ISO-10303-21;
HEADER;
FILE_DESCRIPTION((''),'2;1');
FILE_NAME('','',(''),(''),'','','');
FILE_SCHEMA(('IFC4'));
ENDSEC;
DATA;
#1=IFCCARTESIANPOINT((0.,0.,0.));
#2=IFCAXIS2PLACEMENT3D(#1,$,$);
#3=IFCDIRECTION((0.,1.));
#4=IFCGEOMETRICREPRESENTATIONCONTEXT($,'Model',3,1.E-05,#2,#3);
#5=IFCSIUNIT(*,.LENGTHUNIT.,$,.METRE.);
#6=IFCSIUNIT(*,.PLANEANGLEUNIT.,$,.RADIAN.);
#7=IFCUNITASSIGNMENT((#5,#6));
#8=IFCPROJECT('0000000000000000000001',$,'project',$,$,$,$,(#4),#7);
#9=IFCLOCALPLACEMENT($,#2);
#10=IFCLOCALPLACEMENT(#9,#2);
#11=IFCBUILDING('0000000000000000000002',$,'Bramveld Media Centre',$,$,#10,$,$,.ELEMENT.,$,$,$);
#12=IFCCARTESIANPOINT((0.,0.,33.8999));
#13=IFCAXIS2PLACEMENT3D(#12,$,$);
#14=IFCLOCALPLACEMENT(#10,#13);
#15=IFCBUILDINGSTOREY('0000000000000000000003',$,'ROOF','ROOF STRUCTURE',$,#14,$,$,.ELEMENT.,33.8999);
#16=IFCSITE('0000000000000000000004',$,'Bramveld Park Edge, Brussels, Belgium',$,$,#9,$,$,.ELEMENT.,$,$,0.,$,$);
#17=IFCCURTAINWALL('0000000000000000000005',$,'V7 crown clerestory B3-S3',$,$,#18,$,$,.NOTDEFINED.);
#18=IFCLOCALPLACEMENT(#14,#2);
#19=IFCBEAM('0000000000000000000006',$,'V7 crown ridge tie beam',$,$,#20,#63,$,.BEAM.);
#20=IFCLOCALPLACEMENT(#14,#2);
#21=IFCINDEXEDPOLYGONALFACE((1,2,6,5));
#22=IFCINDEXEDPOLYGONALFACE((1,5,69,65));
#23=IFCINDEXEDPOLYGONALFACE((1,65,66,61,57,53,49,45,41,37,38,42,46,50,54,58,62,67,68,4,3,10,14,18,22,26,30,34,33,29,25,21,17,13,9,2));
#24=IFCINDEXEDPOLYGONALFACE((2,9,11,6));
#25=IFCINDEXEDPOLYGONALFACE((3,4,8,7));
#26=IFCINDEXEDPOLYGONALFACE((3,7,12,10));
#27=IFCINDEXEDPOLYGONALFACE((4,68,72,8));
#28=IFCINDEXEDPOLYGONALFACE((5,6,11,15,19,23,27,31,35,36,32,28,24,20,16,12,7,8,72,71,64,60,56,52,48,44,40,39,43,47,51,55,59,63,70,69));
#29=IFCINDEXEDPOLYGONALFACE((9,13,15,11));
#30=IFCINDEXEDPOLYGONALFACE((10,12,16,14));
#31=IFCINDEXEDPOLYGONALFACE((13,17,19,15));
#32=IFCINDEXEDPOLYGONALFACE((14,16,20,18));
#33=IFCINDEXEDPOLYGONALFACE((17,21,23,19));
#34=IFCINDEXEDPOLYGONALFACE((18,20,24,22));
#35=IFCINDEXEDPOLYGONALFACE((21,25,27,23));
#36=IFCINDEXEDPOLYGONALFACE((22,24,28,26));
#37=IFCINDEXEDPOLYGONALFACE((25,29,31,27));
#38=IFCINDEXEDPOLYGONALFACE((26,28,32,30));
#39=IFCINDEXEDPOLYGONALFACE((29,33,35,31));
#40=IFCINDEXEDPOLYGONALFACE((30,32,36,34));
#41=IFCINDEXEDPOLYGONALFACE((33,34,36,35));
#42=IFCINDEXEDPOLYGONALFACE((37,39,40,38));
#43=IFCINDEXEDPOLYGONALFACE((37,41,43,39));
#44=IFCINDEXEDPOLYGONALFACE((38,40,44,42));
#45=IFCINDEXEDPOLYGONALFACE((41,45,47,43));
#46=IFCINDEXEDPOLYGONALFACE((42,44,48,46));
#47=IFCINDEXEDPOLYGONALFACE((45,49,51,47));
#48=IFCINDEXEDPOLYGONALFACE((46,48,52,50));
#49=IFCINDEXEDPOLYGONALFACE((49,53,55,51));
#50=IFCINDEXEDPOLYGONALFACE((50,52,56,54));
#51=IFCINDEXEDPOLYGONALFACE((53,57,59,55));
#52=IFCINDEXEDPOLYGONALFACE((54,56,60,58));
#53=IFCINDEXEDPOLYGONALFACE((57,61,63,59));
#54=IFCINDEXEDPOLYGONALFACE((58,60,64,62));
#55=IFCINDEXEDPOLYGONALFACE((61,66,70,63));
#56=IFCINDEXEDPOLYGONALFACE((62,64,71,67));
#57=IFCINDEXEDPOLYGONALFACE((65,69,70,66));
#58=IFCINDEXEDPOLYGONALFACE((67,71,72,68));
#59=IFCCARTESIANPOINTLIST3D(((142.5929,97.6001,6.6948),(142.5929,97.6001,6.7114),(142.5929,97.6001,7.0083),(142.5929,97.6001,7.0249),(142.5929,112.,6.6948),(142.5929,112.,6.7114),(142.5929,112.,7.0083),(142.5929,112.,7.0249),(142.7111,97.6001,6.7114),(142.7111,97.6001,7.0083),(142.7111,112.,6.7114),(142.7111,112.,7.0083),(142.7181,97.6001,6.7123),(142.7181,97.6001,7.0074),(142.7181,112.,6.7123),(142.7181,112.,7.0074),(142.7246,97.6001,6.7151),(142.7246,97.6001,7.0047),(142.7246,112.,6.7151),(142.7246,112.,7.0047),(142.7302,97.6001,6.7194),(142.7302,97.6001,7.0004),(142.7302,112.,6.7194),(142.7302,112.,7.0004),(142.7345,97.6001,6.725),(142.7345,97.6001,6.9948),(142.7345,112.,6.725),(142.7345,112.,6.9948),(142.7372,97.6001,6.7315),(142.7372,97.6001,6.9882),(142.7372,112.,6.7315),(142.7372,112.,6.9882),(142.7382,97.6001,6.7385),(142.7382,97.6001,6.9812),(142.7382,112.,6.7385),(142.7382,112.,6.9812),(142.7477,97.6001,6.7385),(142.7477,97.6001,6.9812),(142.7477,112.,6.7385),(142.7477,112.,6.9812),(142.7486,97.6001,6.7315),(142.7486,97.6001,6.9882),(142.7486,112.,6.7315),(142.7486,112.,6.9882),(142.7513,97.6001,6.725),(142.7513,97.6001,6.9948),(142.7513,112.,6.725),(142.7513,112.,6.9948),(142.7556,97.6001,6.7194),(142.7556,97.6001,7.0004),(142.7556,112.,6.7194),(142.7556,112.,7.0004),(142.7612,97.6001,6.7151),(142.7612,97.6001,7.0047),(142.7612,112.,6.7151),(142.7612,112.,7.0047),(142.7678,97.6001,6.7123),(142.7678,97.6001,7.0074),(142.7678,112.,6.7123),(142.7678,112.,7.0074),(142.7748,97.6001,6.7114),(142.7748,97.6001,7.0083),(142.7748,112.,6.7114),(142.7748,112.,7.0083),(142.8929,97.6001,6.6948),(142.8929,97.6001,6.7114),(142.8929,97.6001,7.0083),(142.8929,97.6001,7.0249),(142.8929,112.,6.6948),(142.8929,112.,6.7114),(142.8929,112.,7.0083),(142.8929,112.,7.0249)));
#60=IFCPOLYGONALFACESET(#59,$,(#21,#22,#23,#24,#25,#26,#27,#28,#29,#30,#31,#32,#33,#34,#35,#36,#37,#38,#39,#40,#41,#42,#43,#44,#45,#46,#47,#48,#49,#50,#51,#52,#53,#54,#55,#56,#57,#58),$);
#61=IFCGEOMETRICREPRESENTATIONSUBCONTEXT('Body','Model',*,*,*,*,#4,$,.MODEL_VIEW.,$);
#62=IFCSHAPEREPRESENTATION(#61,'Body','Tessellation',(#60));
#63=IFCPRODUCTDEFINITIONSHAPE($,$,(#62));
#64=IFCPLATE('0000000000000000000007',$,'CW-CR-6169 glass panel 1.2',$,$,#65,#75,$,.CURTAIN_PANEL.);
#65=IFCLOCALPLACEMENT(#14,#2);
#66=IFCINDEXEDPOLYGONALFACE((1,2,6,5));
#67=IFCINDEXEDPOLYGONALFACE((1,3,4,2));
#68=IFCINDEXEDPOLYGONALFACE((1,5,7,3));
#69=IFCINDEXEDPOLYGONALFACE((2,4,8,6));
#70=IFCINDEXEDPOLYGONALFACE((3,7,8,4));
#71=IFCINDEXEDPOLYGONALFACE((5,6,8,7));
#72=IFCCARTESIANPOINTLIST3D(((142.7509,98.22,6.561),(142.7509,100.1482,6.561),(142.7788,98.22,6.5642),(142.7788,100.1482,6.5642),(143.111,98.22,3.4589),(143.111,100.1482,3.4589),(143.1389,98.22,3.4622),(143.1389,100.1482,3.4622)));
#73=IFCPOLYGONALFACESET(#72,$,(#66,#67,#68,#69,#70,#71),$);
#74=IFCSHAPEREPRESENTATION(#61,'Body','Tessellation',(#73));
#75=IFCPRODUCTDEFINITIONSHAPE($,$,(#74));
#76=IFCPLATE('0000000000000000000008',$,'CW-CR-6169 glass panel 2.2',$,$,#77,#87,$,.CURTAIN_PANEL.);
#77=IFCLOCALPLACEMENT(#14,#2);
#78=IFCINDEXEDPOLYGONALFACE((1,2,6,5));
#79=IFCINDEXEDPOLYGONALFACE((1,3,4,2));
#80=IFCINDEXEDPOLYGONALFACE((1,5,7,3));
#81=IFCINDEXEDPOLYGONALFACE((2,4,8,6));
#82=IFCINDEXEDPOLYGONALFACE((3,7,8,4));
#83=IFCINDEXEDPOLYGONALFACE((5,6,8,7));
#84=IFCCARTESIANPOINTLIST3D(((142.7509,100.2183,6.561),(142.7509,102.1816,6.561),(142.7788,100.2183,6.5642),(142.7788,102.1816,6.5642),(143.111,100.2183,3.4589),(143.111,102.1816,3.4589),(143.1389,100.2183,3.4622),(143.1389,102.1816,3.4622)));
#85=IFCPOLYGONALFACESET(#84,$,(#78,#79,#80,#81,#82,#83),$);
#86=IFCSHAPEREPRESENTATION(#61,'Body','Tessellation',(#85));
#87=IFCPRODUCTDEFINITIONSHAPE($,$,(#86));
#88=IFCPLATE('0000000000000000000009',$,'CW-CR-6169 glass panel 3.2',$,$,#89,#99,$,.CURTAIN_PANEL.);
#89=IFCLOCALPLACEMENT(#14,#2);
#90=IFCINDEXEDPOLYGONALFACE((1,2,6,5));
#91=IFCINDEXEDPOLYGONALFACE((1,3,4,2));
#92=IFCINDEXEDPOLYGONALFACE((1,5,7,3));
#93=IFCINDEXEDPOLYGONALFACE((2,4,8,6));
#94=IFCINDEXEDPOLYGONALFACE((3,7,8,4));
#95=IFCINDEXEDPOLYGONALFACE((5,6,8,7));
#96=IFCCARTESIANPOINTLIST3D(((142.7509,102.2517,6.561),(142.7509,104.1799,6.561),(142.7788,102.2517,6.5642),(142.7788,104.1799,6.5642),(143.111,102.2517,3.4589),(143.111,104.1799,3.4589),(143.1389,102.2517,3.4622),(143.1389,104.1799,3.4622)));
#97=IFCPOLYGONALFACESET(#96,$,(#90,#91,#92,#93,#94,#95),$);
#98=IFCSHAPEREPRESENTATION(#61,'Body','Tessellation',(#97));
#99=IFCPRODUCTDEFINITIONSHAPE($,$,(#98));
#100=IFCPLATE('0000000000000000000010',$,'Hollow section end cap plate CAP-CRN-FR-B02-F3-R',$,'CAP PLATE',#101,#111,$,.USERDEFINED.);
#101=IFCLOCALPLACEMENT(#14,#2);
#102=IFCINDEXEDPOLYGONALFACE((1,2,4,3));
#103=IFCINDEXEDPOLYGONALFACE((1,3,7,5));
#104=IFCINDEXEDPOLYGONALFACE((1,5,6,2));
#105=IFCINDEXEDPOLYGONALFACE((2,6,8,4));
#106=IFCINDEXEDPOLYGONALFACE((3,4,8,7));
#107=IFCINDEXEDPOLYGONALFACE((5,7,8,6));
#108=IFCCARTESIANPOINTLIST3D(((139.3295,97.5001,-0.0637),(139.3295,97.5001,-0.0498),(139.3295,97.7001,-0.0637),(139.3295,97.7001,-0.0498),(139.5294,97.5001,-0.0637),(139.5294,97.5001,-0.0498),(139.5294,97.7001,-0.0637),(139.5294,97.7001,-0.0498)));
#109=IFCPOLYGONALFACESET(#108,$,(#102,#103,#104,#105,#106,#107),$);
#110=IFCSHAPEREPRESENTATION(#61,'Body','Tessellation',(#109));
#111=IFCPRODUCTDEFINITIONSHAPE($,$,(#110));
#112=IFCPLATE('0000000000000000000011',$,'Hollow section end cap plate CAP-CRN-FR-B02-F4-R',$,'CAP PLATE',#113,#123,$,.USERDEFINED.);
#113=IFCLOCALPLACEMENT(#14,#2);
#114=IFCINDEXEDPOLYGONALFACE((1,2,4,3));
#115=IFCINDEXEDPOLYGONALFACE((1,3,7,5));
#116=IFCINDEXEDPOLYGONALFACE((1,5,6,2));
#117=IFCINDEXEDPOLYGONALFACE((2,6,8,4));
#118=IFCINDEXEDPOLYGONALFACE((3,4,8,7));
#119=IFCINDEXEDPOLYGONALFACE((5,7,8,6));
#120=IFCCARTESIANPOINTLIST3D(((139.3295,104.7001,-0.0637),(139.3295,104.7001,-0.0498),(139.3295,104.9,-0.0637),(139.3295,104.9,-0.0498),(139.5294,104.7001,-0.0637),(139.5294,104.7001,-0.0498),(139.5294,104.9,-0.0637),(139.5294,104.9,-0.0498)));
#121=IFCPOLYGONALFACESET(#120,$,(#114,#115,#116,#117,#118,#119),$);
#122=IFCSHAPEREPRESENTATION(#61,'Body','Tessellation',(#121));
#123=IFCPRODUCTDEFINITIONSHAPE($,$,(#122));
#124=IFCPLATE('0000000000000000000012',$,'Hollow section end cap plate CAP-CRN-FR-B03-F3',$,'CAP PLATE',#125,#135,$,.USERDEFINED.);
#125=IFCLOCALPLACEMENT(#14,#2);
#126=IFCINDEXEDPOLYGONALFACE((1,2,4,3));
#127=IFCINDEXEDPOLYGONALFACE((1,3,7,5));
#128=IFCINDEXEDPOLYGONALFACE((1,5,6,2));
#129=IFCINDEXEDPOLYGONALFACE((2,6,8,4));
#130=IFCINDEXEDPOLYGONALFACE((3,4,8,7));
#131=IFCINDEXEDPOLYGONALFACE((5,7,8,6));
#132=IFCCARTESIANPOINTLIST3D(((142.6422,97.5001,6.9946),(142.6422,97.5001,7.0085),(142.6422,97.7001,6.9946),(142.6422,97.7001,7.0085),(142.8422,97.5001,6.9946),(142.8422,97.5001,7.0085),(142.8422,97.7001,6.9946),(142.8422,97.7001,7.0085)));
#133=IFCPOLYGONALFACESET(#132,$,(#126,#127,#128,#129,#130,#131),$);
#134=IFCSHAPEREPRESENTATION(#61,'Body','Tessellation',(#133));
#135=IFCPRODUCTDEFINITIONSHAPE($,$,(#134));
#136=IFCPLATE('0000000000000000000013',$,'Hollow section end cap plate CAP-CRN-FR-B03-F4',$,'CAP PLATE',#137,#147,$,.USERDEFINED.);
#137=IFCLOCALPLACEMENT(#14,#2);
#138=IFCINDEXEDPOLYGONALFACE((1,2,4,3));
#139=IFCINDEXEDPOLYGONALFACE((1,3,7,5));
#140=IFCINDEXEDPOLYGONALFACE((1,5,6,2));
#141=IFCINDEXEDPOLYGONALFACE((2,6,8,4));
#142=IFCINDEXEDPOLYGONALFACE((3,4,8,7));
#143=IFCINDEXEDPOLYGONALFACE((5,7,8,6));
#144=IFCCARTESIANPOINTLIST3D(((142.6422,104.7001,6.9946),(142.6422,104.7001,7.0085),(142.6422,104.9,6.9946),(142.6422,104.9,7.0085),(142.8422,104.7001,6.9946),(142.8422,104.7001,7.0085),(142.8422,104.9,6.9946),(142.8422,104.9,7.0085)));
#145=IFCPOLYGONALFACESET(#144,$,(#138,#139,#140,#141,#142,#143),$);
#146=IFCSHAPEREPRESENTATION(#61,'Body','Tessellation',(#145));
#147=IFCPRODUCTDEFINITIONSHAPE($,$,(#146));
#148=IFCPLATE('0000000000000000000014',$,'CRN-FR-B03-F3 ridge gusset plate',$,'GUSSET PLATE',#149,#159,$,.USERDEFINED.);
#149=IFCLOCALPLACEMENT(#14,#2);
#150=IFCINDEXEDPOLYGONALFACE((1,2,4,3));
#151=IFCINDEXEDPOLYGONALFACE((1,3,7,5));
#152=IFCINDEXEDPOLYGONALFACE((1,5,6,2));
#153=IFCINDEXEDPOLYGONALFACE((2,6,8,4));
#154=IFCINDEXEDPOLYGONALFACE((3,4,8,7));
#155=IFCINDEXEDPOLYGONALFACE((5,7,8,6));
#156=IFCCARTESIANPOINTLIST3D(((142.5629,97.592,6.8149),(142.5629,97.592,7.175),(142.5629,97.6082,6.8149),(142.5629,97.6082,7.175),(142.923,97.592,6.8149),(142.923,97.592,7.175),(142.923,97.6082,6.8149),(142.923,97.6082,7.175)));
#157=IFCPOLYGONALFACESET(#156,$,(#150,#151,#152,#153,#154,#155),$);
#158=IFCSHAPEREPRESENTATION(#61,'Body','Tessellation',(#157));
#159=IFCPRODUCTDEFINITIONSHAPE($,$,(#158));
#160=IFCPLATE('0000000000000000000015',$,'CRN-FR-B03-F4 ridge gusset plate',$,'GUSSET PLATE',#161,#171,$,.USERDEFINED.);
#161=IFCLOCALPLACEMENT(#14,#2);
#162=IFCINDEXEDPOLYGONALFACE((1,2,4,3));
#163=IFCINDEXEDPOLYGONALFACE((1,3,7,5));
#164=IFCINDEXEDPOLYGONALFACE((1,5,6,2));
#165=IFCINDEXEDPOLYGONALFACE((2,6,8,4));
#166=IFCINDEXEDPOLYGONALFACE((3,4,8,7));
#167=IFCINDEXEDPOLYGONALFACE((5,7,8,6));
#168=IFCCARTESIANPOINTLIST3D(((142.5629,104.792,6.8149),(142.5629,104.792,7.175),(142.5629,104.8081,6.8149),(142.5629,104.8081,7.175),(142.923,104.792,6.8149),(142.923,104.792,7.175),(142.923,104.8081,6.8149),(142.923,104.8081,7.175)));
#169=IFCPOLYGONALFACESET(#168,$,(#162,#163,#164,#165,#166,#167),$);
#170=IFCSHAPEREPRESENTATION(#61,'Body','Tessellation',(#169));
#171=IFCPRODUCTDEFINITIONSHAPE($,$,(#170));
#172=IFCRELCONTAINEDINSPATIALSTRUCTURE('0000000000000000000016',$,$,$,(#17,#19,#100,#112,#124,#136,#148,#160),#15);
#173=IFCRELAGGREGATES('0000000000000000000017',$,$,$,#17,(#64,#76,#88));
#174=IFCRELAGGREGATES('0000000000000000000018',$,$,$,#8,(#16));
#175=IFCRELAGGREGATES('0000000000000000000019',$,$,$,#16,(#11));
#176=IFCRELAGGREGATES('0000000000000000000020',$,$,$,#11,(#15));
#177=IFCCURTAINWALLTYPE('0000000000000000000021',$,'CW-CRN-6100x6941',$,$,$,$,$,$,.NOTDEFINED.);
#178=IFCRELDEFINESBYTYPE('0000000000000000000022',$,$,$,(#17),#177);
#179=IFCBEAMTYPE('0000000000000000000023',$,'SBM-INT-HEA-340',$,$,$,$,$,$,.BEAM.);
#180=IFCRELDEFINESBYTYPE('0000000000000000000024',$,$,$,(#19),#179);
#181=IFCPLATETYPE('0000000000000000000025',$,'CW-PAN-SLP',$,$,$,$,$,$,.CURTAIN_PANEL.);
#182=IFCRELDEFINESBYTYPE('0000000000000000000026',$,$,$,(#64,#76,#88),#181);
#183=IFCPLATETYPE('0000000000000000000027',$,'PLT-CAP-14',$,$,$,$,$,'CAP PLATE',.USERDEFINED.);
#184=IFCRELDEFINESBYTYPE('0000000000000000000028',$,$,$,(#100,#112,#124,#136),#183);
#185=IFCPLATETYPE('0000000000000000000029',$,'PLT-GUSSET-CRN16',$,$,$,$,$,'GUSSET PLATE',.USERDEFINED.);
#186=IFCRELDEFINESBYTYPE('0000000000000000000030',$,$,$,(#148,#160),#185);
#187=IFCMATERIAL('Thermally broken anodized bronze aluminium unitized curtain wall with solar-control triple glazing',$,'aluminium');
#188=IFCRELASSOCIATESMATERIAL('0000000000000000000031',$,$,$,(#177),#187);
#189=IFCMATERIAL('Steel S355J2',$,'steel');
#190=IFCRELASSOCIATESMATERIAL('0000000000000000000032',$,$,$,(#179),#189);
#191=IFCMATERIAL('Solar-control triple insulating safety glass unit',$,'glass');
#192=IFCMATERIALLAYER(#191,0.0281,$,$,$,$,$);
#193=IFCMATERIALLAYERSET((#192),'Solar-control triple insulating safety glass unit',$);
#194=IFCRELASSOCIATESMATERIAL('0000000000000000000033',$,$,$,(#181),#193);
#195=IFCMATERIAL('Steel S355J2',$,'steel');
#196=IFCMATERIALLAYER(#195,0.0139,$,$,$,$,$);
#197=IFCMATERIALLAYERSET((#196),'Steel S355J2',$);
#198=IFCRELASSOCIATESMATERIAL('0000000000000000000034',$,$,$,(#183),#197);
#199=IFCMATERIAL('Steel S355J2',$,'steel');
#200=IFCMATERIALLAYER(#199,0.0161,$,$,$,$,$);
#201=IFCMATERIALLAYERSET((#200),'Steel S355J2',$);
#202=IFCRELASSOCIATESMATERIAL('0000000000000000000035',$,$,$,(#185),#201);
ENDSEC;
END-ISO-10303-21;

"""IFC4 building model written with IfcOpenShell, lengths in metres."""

from ifc_helpers import new_model, si_unit, direction, frame, origin, origin_2d, place, context, subcontext, project, spatial, polyline, rectangle, i_section, outline, extrude, material, layer, layer_set, material_profile, profile_set, type_object, element, aggregate, save


model = new_model("IFC4")

# Units and contexts
model_context = context("Model", 3, precision=1e-05, world=origin(), true_north=direction((0.0, 1.0)))
body_context = subcontext(model_context, "Body", "Model", "MODEL_VIEW")
ifc_project = project(units=[si_unit("LENGTHUNIT", "METRE"), si_unit("PLANEANGLEUNIT", "RADIAN")], contexts=[model_context])

# Site, building, storey
site_placement = place(None, origin())
site = spatial("IfcSite", under=ifc_project, at=site_placement, Name="Bramveld Park Edge, Brussels, Belgium", CompositionType="ELEMENT", RefElevation=0.0)
building_placement = place(site_placement, origin())
building = spatial("IfcBuilding", under=site, at=building_placement, Name="Bramveld Media Centre", CompositionType="ELEMENT")
storey_placement = place(building_placement, frame((0.0, 0.0, 33.8999)))
storey = spatial("IfcBuildingStorey", under=building, at=storey_placement, Name="ROOF", Description="ROOF STRUCTURE", CompositionType="ELEMENT", Elevation=33.8999)

# Curtain wall
ifc_material_1 = material(Name="Thermally broken anodized bronze aluminium unitized curtain wall with solar-control triple glazing", Category="aluminium")
curtain_wall_type = type_object("IfcCurtainWallType", Name="CW-CRN-6100x6941", PredefinedType="NOTDEFINED", material=ifc_material_1)
curtain_wall_1_placement = place(storey_placement, origin())
curtain_wall_1 = element("IfcCurtainWall", 1, at=curtain_wall_1_placement, inside=storey, type_object=curtain_wall_type, Name="V7 crown clerestory B3-S3", PredefinedType="NOTDEFINED")

# Beam
ifc_material_2 = material(Name="Steel S355J2", Category="steel")
ifc_material_profile_1 = material_profile(ifc_material_2, i_section(OverallWidth=0.3, OverallDepth=0.3301, WebThickness=0.0095, FlangeThickness=0.0166, FilletRadius=0.0271, at=origin_2d()), Name="HEA 340")
ifc_profile_set_1 = profile_set([ifc_material_profile_1], Name="Steel S355J2")
beam_type = type_object("IfcBeamType", Name="SBM-INT-HEA-340", PredefinedType="BEAM", material=ifc_profile_set_1)
beam_placement = place(storey_placement, frame((142.7429, 97.6001, 6.8599), z_axis=(0.0, 1.0, 0.0), x_axis=(-1.0, 0.0, 0.0)))
element("IfcBeam", 2, at=beam_placement, inside=storey, type_object=beam_type, Name="V7 crown ridge tie beam", PredefinedType="BEAM", context=body_context, shape_type="SweptSolid", body=[
    extrude(i_section(OverallWidth=0.3, OverallDepth=0.3301, WebThickness=0.0095, FlangeThickness=0.0166, FilletRadius=0.0271, at=origin_2d()), origin(), (0.0, 0.0, 1.0), 14.3999),
])

# Plates
ifc_material_3 = material(Name="Solar-control triple insulating safety glass unit", Category="glass")
ifc_layer_1 = layer(ifc_material_3, 0.0281)
ifc_layer_set_1 = layer_set([ifc_layer_1], Name="Solar-control triple insulating safety glass unit")
plate_type_1 = type_object("IfcPlateType", Name="CW-PAN-SLP", PredefinedType="CURTAIN_PANEL", material=ifc_layer_set_1)
plate_1_placement = place(storey_placement, frame((143.1389, 98.22, 3.4622), z_axis=(0.993329, 0.0, 0.115313), x_axis=(0.0, 1.0, 0.0)))
plate_1 = element("IfcPlate", 3, at=plate_1_placement, type_object=plate_type_1, Name="CW-CR-6169 glass panel 1.2", PredefinedType="CURTAIN_PANEL", context=body_context, shape_type="SweptSolid", body=[
    extrude(outline(polyline([(0.0, 0.0), (1.9282, 0.0), (1.9282, 3.1229), (0.0, 3.1229), (0.0, 0.0)])), origin(), (0.0, 0.0, -1.0), 0.0281),
])
plate_2_placement = place(storey_placement, frame((143.1389, 100.2183, 3.4622), z_axis=(0.993329, 0.0, 0.115313), x_axis=(0.0, 1.0, 0.0)))
plate_2 = element("IfcPlate", 4, at=plate_2_placement, type_object=plate_type_1, Name="CW-CR-6169 glass panel 2.2", PredefinedType="CURTAIN_PANEL", context=body_context, shape_type="SweptSolid", body=[
    extrude(outline(polyline([(0.0, 0.0), (1.9634, 0.0), (1.9634, 3.1229), (0.0, 3.1229), (0.0, 0.0)])), origin(), (0.0, 0.0, -1.0), 0.0281),
])
plate_3_placement = place(storey_placement, frame((143.1389, 102.2517, 3.4622), z_axis=(0.993329, 0.0, 0.115313), x_axis=(0.0, 1.0, 0.0)))
plate_3 = element("IfcPlate", 5, at=plate_3_placement, type_object=plate_type_1, Name="CW-CR-6169 glass panel 3.2", PredefinedType="CURTAIN_PANEL", context=body_context, shape_type="SweptSolid", body=[
    extrude(outline(polyline([(0.0, 0.0), (1.9282, 0.0), (1.9282, 3.1229), (0.0, 3.1229), (0.0, 0.0)])), origin(), (0.0, 0.0, -1.0), 0.0281),
])
aggregate(curtain_wall_1, [plate_1, plate_2, plate_3])

# Plates
ifc_material_4 = material(Name="Steel S355J2", Category="steel")
ifc_layer_2 = layer(ifc_material_4, 0.0139)
ifc_layer_set_2 = layer_set([ifc_layer_2], Name="Steel S355J2")
plate_type_2 = type_object("IfcPlateType", Name="PLT-CAP-14", ElementType="CAP PLATE", PredefinedType="USERDEFINED", material=ifc_layer_set_2)
for number, where, z_axis, x_axis, name in (
    (6, (139.4294, 97.6001, -0.0498), (0.0, 0.0, -1.0), (1.0, 0.0, 0.0), "Hollow section end cap plate CAP-CRN-FR-B02-F3-R"),
    (7, (139.4294, 104.8, -0.0498), (0.0, 0.0, -1.0), (1.0, 0.0, 0.0), "Hollow section end cap plate CAP-CRN-FR-B02-F4-R"),
    (8, (142.7422, 97.6001, 6.9946), (0.0, 0.0, 1.0), (1.0, 0.0, 0.0), "Hollow section end cap plate CAP-CRN-FR-B03-F3"),
    (9, (142.7422, 104.8, 6.9946), (0.0, 0.0, 1.0), (1.0, 0.0, 0.0), "Hollow section end cap plate CAP-CRN-FR-B03-F4"),
):
    element("IfcPlate", number, at=place(storey_placement, frame(where, z_axis=z_axis, x_axis=x_axis)), inside=storey, type_object=plate_type_2, Name=name, ObjectType="CAP PLATE", PredefinedType="USERDEFINED", context=body_context, shape_type="SweptSolid", body=[
        extrude(rectangle(XDim=0.2, YDim=0.2, at=origin_2d()), origin(), (0.0, 0.0, 1.0), 0.0139),
    ])
ifc_material_5 = material(Name="Steel S355J2", Category="steel")
ifc_layer_3 = layer(ifc_material_5, 0.0161)
ifc_layer_set_3 = layer_set([ifc_layer_3], Name="Steel S355J2")
plate_type_3 = type_object("IfcPlateType", Name="PLT-GUSSET-CRN16", ElementType="GUSSET PLATE", PredefinedType="USERDEFINED", material=ifc_layer_set_3)
for number, where, z_axis, x_axis, name in (
    (10, (142.7429, 97.6001, 6.8149), (0.0, 0.0, 1.0), (1.0, 0.0, 0.0), "CRN-FR-B03-F3 ridge gusset plate"),
    (11, (142.7429, 104.8, 6.8149), (0.0, 0.0, 1.0), (1.0, 0.0, 0.0), "CRN-FR-B03-F4 ridge gusset plate"),
):
    element("IfcPlate", number, at=place(storey_placement, frame(where, z_axis=z_axis, x_axis=x_axis)), inside=storey, type_object=plate_type_3, Name=name, ObjectType="GUSSET PLATE", PredefinedType="USERDEFINED", context=body_context, shape_type="SweptSolid", body=[
        extrude(rectangle(XDim=0.3601, YDim=0.0161, at=origin_2d()), origin(), (0.0, 0.0, 1.0), 0.3601),
    ])

save(model, "model.ifc")
